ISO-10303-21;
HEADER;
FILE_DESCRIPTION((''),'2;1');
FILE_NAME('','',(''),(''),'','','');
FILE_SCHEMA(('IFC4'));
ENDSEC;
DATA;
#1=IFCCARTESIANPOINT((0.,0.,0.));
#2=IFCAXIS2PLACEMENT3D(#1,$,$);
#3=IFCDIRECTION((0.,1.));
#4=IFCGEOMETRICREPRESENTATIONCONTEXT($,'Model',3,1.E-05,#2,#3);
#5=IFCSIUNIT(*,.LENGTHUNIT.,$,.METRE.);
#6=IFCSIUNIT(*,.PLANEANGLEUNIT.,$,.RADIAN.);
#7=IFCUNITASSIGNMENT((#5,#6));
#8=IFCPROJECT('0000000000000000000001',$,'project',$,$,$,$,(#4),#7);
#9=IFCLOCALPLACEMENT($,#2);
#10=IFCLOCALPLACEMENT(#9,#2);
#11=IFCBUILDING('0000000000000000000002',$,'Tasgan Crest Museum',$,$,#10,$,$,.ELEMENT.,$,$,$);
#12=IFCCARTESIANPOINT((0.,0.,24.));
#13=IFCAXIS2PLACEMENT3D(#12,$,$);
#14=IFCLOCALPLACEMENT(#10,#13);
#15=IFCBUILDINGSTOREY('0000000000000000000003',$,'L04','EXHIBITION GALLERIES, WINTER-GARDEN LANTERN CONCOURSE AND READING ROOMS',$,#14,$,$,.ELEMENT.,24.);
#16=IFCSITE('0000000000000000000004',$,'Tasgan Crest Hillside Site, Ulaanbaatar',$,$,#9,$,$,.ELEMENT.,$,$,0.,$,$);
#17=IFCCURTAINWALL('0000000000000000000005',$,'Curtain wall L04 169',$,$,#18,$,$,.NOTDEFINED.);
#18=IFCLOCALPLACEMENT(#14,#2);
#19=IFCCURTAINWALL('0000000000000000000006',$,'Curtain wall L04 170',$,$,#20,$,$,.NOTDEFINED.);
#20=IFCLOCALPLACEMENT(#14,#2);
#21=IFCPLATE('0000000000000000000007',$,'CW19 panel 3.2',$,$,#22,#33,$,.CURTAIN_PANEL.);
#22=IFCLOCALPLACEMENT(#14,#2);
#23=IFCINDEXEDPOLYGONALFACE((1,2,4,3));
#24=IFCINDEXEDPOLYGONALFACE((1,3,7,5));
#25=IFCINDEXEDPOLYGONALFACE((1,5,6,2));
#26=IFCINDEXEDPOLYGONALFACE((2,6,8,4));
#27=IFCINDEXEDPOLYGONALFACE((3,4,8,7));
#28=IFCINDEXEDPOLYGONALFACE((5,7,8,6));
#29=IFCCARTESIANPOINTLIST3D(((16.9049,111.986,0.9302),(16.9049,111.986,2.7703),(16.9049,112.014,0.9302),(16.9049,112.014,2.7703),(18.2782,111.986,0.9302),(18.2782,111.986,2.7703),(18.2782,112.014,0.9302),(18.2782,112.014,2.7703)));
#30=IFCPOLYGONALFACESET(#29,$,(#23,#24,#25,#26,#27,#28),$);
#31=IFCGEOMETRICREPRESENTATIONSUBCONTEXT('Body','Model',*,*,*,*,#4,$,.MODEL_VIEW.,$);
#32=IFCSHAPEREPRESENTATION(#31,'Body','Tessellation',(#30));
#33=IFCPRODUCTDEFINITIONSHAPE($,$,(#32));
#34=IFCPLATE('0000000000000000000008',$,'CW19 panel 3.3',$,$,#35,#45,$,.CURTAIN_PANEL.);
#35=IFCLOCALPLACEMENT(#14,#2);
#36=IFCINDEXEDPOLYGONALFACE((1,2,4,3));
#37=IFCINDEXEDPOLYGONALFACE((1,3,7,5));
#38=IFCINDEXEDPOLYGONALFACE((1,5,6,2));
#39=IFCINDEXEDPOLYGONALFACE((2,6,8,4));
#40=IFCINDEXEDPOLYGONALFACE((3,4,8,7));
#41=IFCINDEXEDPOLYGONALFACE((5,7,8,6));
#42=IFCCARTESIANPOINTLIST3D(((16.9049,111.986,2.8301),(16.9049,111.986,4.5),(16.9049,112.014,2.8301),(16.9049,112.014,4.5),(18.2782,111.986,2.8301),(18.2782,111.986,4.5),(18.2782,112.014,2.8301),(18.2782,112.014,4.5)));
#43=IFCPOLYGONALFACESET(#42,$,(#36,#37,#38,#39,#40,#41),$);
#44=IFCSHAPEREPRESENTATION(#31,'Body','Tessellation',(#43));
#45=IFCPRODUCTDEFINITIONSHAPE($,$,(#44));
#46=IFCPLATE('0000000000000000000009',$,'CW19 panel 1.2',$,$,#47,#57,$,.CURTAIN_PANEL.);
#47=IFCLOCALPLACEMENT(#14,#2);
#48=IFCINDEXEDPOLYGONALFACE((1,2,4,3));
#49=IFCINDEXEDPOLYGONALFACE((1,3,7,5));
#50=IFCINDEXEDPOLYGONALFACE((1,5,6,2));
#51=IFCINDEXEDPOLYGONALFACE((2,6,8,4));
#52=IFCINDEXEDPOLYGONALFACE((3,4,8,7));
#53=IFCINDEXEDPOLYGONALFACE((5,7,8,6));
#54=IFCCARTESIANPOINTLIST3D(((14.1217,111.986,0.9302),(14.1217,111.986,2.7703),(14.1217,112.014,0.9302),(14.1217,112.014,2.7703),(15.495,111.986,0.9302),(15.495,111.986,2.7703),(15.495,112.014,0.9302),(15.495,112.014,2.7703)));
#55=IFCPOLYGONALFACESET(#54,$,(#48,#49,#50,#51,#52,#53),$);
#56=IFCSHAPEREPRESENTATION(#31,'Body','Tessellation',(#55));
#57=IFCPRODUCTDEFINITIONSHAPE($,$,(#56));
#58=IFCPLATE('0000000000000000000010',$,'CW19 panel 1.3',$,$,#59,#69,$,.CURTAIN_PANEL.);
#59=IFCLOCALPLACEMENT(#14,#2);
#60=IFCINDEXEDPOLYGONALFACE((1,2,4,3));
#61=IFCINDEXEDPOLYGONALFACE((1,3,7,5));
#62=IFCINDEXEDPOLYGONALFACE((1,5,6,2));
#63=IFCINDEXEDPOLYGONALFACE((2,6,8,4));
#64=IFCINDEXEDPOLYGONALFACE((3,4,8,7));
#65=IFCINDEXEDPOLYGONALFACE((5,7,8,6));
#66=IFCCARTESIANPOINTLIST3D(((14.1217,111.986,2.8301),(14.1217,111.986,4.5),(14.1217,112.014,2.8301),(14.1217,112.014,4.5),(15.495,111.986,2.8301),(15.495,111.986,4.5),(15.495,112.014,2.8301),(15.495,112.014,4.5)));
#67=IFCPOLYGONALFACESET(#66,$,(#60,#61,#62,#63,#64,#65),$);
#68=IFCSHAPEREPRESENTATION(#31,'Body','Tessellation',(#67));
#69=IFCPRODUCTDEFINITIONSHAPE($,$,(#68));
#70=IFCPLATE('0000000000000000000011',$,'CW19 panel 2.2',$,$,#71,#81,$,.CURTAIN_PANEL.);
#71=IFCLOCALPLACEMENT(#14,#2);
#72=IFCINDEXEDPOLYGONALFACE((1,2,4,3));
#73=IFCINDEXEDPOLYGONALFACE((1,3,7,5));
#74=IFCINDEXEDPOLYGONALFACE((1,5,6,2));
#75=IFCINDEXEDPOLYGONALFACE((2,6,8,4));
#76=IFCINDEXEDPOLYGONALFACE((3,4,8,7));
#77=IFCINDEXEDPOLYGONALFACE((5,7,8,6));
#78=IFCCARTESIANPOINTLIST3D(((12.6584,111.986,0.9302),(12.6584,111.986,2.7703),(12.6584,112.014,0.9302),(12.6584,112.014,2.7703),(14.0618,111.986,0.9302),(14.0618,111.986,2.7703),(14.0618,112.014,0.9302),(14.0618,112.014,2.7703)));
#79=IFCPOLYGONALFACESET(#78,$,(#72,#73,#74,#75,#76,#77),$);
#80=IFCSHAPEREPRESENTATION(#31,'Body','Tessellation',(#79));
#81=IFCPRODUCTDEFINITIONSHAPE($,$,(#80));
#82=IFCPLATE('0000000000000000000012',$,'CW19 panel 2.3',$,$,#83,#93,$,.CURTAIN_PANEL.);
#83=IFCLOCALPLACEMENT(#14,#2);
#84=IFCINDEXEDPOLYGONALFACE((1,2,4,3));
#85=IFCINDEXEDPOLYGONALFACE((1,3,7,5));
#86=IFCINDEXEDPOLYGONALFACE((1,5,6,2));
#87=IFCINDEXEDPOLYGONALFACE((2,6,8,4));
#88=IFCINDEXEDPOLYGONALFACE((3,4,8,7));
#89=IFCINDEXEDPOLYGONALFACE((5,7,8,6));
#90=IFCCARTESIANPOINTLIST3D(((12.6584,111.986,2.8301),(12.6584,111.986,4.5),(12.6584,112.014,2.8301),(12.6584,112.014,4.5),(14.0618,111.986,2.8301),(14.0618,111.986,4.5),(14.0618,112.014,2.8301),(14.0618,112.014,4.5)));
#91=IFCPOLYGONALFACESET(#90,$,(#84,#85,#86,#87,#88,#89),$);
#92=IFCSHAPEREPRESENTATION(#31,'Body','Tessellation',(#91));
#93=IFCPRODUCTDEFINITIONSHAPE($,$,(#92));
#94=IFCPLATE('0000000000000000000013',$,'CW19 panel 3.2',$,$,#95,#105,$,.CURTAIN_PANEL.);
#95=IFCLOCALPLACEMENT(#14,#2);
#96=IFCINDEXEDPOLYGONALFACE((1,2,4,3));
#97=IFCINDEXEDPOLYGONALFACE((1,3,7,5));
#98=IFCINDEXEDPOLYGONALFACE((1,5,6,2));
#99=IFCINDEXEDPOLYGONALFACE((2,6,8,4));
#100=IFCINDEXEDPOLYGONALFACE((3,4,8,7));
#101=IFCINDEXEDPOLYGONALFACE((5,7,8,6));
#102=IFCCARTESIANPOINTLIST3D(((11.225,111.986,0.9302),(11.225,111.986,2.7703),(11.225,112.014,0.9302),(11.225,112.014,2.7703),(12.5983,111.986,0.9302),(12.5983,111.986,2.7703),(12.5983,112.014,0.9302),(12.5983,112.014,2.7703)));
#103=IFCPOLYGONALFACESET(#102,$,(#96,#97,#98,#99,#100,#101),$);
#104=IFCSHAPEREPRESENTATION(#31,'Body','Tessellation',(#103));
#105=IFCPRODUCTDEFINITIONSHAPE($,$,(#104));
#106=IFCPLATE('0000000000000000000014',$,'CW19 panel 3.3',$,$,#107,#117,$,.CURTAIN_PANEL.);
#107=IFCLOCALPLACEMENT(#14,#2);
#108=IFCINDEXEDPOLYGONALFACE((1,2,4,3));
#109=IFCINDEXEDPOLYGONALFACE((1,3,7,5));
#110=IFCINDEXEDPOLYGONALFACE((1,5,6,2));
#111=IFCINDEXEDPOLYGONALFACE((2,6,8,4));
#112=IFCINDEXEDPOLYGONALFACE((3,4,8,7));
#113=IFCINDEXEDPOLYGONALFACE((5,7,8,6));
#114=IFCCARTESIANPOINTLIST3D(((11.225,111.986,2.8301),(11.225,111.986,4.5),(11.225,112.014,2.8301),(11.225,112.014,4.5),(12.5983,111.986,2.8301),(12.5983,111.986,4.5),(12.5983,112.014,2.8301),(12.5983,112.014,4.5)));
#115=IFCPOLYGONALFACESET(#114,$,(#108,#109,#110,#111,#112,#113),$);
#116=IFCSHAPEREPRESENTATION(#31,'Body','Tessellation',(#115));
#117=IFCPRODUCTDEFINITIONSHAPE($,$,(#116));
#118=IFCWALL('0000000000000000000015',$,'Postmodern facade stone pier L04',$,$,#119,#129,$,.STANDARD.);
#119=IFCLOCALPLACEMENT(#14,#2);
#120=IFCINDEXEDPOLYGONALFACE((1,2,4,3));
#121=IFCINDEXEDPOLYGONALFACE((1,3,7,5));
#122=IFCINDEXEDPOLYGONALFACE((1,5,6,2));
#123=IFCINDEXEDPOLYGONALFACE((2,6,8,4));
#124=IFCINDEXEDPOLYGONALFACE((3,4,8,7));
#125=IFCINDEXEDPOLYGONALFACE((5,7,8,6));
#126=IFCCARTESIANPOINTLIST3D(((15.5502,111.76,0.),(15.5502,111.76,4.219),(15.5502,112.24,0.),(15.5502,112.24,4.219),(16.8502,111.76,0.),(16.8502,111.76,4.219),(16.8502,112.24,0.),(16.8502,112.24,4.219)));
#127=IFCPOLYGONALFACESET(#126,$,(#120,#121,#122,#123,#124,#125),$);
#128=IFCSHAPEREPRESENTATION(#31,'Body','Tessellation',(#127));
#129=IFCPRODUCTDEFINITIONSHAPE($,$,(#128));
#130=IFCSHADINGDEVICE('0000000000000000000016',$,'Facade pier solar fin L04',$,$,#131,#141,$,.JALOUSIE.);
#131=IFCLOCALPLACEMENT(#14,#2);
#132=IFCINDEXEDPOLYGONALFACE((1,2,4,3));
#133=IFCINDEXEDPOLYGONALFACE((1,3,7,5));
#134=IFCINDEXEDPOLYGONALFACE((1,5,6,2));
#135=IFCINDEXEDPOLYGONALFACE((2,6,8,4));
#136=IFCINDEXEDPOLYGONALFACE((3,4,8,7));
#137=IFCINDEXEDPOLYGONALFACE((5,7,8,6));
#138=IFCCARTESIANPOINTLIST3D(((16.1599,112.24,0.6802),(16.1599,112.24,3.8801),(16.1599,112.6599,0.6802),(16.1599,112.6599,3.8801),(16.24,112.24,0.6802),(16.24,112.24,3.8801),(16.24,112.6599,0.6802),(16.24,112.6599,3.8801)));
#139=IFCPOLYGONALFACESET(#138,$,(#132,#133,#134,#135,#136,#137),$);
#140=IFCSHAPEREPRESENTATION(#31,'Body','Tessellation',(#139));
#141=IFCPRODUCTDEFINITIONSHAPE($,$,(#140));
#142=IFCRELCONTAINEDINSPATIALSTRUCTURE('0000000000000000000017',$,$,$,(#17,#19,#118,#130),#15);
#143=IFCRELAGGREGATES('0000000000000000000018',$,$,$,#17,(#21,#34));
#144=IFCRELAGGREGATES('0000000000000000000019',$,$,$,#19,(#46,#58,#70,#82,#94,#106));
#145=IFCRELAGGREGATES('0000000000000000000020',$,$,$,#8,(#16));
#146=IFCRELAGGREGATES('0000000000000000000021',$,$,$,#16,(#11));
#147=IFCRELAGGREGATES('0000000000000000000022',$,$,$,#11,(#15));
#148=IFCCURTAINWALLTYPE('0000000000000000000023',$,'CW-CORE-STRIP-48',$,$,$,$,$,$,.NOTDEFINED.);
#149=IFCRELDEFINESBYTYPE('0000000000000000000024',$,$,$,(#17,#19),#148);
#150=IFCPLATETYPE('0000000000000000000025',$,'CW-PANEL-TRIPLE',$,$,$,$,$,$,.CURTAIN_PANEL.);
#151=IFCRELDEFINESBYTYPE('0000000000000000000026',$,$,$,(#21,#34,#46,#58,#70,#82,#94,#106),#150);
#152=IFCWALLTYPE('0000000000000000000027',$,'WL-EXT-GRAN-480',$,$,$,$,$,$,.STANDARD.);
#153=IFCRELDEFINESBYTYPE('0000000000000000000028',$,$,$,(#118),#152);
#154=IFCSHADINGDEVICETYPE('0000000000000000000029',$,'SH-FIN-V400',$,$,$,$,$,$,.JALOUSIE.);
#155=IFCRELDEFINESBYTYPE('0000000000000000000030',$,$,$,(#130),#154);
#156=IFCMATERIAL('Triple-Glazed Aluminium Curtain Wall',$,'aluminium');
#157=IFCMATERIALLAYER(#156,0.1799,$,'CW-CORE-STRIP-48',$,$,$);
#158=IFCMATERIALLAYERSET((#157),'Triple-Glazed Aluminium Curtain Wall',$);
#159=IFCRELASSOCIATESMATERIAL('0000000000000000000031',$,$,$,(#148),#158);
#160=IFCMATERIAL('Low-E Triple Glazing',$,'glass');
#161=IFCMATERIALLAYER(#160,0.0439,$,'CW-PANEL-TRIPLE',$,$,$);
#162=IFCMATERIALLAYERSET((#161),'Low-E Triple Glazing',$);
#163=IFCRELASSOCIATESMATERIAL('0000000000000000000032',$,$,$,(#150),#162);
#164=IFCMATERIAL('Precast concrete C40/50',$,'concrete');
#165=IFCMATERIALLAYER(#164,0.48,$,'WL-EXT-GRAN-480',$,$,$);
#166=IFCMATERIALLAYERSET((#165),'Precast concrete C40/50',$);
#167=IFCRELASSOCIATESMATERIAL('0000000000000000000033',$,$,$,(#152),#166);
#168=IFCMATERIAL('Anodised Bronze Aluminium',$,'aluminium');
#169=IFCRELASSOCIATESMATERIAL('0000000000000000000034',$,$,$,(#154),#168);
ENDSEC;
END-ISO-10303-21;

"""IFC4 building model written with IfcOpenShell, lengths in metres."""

from ifc_helpers import new_model, si_unit, direction, frame, frame_2d, origin, origin_2d, place, context, subcontext, project, spatial, rectangle, extrude, material, layer, layer_set, type_object, element, aggregate, save


model = new_model("IFC4")

# Units and contexts
model_context = context("Model", 3, precision=1e-05, world=origin(), true_north=direction((0.0, 1.0)))
body_context = subcontext(model_context, "Body", "Model", "MODEL_VIEW")
ifc_project = project(units=[si_unit("LENGTHUNIT", "METRE"), si_unit("PLANEANGLEUNIT", "RADIAN")], contexts=[model_context])

# Site, building, storey
site_placement = place(None, origin())
site = spatial("IfcSite", under=ifc_project, at=site_placement, Name="Tasgan Crest Hillside Site, Ulaanbaatar", CompositionType="ELEMENT", RefElevation=0.0)
building_placement = place(site_placement, origin())
building = spatial("IfcBuilding", under=site, at=building_placement, Name="Tasgan Crest Museum", CompositionType="ELEMENT")
storey_placement = place(building_placement, frame((0.0, 0.0, 24.0)))
storey = spatial("IfcBuildingStorey", under=building, at=storey_placement, Name="L04", Description="EXHIBITION GALLERIES, WINTER-GARDEN LANTERN CONCOURSE AND READING ROOMS", CompositionType="ELEMENT", Elevation=24.0)

# Curtain wall
ifc_material_1 = material(Name="Triple-Glazed Aluminium Curtain Wall", Category="aluminium")
ifc_layer_1 = layer(ifc_material_1, 0.1799, Name="CW-CORE-STRIP-48")
ifc_layer_set_1 = layer_set([ifc_layer_1], Name="Triple-Glazed Aluminium Curtain Wall")
curtain_wall_type = type_object("IfcCurtainWallType", Name="CW-CORE-STRIP-48", PredefinedType="NOTDEFINED", material=ifc_layer_set_1)
curtain_wall_1_placement = place(storey_placement, origin())
curtain_wall_1 = element("IfcCurtainWall", 1, at=curtain_wall_1_placement, inside=storey, type_object=curtain_wall_type, Name="Curtain wall L04 169", PredefinedType="NOTDEFINED")

# Curtain wall
curtain_wall_2_placement = place(storey_placement, origin())
curtain_wall_2 = element("IfcCurtainWall", 2, at=curtain_wall_2_placement, inside=storey, type_object=curtain_wall_type, Name="Curtain wall L04 170", PredefinedType="NOTDEFINED")

# Plates
ifc_material_2 = material(Name="Low-E Triple Glazing", Category="glass")
ifc_layer_2 = layer(ifc_material_2, 0.0439, Name="CW-PANEL-TRIPLE")
ifc_layer_set_2 = layer_set([ifc_layer_2], Name="Low-E Triple Glazing")
plate_type_1 = type_object("IfcPlateType", Name="CW-PANEL-TRIPLE", PredefinedType="CURTAIN_PANEL", material=ifc_layer_set_2)
plate_1_placement = place(storey_placement, frame((17.5916, 112.0, 0.9302), z_axis=(0.0, 0.0, 1.0), x_axis=(-1.0, 0.0, 0.0)))
plate_1 = element("IfcPlate", 3, at=plate_1_placement, type_object=plate_type_1, Name="CW19 panel 3.2", PredefinedType="CURTAIN_PANEL", context=body_context, shape_type="SweptSolid", body=[
    extrude(rectangle(XDim=1.3733, YDim=0.0281, at=origin_2d()), origin(), (0.0, 0.0, 1.0), 1.8401),
])
plate_2_placement = place(storey_placement, frame((17.5916, 112.0, 2.8301), z_axis=(0.0, 0.0, 1.0), x_axis=(-1.0, 0.0, 0.0)))
plate_2 = element("IfcPlate", 4, at=plate_2_placement, type_object=plate_type_1, Name="CW19 panel 3.3", PredefinedType="CURTAIN_PANEL", context=body_context, shape_type="SweptSolid", body=[
    extrude(rectangle(XDim=1.3733, YDim=0.0281, at=origin_2d()), origin(), (0.0, 0.0, 1.0), 1.6699),
])
aggregate(curtain_wall_1, [plate_1, plate_2])
plate_3_placement = place(storey_placement, frame((14.8083, 112.0, 0.9302), z_axis=(0.0, 0.0, 1.0), x_axis=(-1.0, 0.0, 0.0)))
plate_3 = element("IfcPlate", 5, at=plate_3_placement, type_object=plate_type_1, Name="CW19 panel 1.2", PredefinedType="CURTAIN_PANEL", context=body_context, shape_type="SweptSolid", body=[
    extrude(rectangle(XDim=1.3733, YDim=0.0281, at=origin_2d()), origin(), (0.0, 0.0, 1.0), 1.8401),
])
plate_4_placement = place(storey_placement, frame((14.8083, 112.0, 2.8301), z_axis=(0.0, 0.0, 1.0), x_axis=(-1.0, 0.0, 0.0)))
plate_4 = element("IfcPlate", 6, at=plate_4_placement, type_object=plate_type_1, Name="CW19 panel 1.3", PredefinedType="CURTAIN_PANEL", context=body_context, shape_type="SweptSolid", body=[
    extrude(rectangle(XDim=1.3733, YDim=0.0281, at=origin_2d()), origin(), (0.0, 0.0, 1.0), 1.6699),
])
plate_5_placement = place(storey_placement, frame((13.3601, 112.0, 0.9302), z_axis=(0.0, 0.0, 1.0), x_axis=(-1.0, 0.0, 0.0)))
plate_5 = element("IfcPlate", 7, at=plate_5_placement, type_object=plate_type_1, Name="CW19 panel 2.2", PredefinedType="CURTAIN_PANEL", context=body_context, shape_type="SweptSolid", body=[
    extrude(rectangle(XDim=1.4033, YDim=0.0281, at=origin_2d()), origin(), (0.0, 0.0, 1.0), 1.8401),
])
plate_6_placement = place(storey_placement, frame((13.3601, 112.0, 2.8301), z_axis=(0.0, 0.0, 1.0), x_axis=(-1.0, 0.0, 0.0)))
plate_6 = element("IfcPlate", 8, at=plate_6_placement, type_object=plate_type_1, Name="CW19 panel 2.3", PredefinedType="CURTAIN_PANEL", context=body_context, shape_type="SweptSolid", body=[
    extrude(rectangle(XDim=1.4033, YDim=0.0281, at=origin_2d()), origin(), (0.0, 0.0, 1.0), 1.6699),
])
plate_7_placement = place(storey_placement, frame((11.9116, 112.0, 0.9302), z_axis=(0.0, 0.0, 1.0), x_axis=(-1.0, 0.0, 0.0)))
plate_7 = element("IfcPlate", 9, at=plate_7_placement, type_object=plate_type_1, Name="CW19 panel 3.2", PredefinedType="CURTAIN_PANEL", context=body_context, shape_type="SweptSolid", body=[
    extrude(rectangle(XDim=1.3733, YDim=0.0281, at=origin_2d()), origin(), (0.0, 0.0, 1.0), 1.8401),
])
plate_8_placement = place(storey_placement, frame((11.9116, 112.0, 2.8301), z_axis=(0.0, 0.0, 1.0), x_axis=(-1.0, 0.0, 0.0)))
plate_8 = element("IfcPlate", 10, at=plate_8_placement, type_object=plate_type_1, Name="CW19 panel 3.3", PredefinedType="CURTAIN_PANEL", context=body_context, shape_type="SweptSolid", body=[
    extrude(rectangle(XDim=1.3733, YDim=0.0281, at=origin_2d()), origin(), (0.0, 0.0, 1.0), 1.6699),
])
aggregate(curtain_wall_2, [plate_3, plate_4, plate_5, plate_6, plate_7, plate_8])

# Wall
ifc_material_3 = material(Name="Precast concrete C40/50", Category="concrete")
ifc_layer_3 = layer(ifc_material_3, 0.48, Name="WL-EXT-GRAN-480")
ifc_layer_set_3 = layer_set([ifc_layer_3], Name="Precast concrete C40/50")
wall_type = type_object("IfcWallType", Name="WL-EXT-GRAN-480", PredefinedType="STANDARD", material=ifc_layer_set_3)
wall_placement = place(storey_placement, frame((16.8501, 112.0, 0.0), z_axis=(0.0, 0.0, 1.0), x_axis=(-1.0, 0.0, 0.0)))
element("IfcWall", 11, at=wall_placement, inside=storey, type_object=wall_type, Name="Postmodern facade stone pier L04", PredefinedType="STANDARD", context=body_context, shape_type="SweptSolid", body=[
    extrude(rectangle(XDim=1.3, YDim=0.48, at=frame_2d((0.6499, 0.0))), origin(), (0.0, 0.0, 1.0), 4.219),
])

# Shading device
ifc_material_4 = material(Name="Anodised Bronze Aluminium", Category="aluminium")
shading_device_type = type_object("IfcShadingDeviceType", Name="SH-FIN-V400", PredefinedType="JALOUSIE", material=ifc_material_4)
shading_device_placement = place(storey_placement, frame((16.2, 112.45, 0.6802), z_axis=(0.0, 0.0, 1.0), x_axis=(-1.0, 0.0, 0.0)))
element("IfcShadingDevice", 12, at=shading_device_placement, inside=storey, type_object=shading_device_type, Name="Facade pier solar fin L04", PredefinedType="JALOUSIE", context=body_context, shape_type="SweptSolid", body=[
    extrude(rectangle(XDim=0.0801, YDim=0.4199, at=origin_2d()), origin(), (0.0, 0.0, 1.0), 3.2),
])

save(model, "model.ifc")
